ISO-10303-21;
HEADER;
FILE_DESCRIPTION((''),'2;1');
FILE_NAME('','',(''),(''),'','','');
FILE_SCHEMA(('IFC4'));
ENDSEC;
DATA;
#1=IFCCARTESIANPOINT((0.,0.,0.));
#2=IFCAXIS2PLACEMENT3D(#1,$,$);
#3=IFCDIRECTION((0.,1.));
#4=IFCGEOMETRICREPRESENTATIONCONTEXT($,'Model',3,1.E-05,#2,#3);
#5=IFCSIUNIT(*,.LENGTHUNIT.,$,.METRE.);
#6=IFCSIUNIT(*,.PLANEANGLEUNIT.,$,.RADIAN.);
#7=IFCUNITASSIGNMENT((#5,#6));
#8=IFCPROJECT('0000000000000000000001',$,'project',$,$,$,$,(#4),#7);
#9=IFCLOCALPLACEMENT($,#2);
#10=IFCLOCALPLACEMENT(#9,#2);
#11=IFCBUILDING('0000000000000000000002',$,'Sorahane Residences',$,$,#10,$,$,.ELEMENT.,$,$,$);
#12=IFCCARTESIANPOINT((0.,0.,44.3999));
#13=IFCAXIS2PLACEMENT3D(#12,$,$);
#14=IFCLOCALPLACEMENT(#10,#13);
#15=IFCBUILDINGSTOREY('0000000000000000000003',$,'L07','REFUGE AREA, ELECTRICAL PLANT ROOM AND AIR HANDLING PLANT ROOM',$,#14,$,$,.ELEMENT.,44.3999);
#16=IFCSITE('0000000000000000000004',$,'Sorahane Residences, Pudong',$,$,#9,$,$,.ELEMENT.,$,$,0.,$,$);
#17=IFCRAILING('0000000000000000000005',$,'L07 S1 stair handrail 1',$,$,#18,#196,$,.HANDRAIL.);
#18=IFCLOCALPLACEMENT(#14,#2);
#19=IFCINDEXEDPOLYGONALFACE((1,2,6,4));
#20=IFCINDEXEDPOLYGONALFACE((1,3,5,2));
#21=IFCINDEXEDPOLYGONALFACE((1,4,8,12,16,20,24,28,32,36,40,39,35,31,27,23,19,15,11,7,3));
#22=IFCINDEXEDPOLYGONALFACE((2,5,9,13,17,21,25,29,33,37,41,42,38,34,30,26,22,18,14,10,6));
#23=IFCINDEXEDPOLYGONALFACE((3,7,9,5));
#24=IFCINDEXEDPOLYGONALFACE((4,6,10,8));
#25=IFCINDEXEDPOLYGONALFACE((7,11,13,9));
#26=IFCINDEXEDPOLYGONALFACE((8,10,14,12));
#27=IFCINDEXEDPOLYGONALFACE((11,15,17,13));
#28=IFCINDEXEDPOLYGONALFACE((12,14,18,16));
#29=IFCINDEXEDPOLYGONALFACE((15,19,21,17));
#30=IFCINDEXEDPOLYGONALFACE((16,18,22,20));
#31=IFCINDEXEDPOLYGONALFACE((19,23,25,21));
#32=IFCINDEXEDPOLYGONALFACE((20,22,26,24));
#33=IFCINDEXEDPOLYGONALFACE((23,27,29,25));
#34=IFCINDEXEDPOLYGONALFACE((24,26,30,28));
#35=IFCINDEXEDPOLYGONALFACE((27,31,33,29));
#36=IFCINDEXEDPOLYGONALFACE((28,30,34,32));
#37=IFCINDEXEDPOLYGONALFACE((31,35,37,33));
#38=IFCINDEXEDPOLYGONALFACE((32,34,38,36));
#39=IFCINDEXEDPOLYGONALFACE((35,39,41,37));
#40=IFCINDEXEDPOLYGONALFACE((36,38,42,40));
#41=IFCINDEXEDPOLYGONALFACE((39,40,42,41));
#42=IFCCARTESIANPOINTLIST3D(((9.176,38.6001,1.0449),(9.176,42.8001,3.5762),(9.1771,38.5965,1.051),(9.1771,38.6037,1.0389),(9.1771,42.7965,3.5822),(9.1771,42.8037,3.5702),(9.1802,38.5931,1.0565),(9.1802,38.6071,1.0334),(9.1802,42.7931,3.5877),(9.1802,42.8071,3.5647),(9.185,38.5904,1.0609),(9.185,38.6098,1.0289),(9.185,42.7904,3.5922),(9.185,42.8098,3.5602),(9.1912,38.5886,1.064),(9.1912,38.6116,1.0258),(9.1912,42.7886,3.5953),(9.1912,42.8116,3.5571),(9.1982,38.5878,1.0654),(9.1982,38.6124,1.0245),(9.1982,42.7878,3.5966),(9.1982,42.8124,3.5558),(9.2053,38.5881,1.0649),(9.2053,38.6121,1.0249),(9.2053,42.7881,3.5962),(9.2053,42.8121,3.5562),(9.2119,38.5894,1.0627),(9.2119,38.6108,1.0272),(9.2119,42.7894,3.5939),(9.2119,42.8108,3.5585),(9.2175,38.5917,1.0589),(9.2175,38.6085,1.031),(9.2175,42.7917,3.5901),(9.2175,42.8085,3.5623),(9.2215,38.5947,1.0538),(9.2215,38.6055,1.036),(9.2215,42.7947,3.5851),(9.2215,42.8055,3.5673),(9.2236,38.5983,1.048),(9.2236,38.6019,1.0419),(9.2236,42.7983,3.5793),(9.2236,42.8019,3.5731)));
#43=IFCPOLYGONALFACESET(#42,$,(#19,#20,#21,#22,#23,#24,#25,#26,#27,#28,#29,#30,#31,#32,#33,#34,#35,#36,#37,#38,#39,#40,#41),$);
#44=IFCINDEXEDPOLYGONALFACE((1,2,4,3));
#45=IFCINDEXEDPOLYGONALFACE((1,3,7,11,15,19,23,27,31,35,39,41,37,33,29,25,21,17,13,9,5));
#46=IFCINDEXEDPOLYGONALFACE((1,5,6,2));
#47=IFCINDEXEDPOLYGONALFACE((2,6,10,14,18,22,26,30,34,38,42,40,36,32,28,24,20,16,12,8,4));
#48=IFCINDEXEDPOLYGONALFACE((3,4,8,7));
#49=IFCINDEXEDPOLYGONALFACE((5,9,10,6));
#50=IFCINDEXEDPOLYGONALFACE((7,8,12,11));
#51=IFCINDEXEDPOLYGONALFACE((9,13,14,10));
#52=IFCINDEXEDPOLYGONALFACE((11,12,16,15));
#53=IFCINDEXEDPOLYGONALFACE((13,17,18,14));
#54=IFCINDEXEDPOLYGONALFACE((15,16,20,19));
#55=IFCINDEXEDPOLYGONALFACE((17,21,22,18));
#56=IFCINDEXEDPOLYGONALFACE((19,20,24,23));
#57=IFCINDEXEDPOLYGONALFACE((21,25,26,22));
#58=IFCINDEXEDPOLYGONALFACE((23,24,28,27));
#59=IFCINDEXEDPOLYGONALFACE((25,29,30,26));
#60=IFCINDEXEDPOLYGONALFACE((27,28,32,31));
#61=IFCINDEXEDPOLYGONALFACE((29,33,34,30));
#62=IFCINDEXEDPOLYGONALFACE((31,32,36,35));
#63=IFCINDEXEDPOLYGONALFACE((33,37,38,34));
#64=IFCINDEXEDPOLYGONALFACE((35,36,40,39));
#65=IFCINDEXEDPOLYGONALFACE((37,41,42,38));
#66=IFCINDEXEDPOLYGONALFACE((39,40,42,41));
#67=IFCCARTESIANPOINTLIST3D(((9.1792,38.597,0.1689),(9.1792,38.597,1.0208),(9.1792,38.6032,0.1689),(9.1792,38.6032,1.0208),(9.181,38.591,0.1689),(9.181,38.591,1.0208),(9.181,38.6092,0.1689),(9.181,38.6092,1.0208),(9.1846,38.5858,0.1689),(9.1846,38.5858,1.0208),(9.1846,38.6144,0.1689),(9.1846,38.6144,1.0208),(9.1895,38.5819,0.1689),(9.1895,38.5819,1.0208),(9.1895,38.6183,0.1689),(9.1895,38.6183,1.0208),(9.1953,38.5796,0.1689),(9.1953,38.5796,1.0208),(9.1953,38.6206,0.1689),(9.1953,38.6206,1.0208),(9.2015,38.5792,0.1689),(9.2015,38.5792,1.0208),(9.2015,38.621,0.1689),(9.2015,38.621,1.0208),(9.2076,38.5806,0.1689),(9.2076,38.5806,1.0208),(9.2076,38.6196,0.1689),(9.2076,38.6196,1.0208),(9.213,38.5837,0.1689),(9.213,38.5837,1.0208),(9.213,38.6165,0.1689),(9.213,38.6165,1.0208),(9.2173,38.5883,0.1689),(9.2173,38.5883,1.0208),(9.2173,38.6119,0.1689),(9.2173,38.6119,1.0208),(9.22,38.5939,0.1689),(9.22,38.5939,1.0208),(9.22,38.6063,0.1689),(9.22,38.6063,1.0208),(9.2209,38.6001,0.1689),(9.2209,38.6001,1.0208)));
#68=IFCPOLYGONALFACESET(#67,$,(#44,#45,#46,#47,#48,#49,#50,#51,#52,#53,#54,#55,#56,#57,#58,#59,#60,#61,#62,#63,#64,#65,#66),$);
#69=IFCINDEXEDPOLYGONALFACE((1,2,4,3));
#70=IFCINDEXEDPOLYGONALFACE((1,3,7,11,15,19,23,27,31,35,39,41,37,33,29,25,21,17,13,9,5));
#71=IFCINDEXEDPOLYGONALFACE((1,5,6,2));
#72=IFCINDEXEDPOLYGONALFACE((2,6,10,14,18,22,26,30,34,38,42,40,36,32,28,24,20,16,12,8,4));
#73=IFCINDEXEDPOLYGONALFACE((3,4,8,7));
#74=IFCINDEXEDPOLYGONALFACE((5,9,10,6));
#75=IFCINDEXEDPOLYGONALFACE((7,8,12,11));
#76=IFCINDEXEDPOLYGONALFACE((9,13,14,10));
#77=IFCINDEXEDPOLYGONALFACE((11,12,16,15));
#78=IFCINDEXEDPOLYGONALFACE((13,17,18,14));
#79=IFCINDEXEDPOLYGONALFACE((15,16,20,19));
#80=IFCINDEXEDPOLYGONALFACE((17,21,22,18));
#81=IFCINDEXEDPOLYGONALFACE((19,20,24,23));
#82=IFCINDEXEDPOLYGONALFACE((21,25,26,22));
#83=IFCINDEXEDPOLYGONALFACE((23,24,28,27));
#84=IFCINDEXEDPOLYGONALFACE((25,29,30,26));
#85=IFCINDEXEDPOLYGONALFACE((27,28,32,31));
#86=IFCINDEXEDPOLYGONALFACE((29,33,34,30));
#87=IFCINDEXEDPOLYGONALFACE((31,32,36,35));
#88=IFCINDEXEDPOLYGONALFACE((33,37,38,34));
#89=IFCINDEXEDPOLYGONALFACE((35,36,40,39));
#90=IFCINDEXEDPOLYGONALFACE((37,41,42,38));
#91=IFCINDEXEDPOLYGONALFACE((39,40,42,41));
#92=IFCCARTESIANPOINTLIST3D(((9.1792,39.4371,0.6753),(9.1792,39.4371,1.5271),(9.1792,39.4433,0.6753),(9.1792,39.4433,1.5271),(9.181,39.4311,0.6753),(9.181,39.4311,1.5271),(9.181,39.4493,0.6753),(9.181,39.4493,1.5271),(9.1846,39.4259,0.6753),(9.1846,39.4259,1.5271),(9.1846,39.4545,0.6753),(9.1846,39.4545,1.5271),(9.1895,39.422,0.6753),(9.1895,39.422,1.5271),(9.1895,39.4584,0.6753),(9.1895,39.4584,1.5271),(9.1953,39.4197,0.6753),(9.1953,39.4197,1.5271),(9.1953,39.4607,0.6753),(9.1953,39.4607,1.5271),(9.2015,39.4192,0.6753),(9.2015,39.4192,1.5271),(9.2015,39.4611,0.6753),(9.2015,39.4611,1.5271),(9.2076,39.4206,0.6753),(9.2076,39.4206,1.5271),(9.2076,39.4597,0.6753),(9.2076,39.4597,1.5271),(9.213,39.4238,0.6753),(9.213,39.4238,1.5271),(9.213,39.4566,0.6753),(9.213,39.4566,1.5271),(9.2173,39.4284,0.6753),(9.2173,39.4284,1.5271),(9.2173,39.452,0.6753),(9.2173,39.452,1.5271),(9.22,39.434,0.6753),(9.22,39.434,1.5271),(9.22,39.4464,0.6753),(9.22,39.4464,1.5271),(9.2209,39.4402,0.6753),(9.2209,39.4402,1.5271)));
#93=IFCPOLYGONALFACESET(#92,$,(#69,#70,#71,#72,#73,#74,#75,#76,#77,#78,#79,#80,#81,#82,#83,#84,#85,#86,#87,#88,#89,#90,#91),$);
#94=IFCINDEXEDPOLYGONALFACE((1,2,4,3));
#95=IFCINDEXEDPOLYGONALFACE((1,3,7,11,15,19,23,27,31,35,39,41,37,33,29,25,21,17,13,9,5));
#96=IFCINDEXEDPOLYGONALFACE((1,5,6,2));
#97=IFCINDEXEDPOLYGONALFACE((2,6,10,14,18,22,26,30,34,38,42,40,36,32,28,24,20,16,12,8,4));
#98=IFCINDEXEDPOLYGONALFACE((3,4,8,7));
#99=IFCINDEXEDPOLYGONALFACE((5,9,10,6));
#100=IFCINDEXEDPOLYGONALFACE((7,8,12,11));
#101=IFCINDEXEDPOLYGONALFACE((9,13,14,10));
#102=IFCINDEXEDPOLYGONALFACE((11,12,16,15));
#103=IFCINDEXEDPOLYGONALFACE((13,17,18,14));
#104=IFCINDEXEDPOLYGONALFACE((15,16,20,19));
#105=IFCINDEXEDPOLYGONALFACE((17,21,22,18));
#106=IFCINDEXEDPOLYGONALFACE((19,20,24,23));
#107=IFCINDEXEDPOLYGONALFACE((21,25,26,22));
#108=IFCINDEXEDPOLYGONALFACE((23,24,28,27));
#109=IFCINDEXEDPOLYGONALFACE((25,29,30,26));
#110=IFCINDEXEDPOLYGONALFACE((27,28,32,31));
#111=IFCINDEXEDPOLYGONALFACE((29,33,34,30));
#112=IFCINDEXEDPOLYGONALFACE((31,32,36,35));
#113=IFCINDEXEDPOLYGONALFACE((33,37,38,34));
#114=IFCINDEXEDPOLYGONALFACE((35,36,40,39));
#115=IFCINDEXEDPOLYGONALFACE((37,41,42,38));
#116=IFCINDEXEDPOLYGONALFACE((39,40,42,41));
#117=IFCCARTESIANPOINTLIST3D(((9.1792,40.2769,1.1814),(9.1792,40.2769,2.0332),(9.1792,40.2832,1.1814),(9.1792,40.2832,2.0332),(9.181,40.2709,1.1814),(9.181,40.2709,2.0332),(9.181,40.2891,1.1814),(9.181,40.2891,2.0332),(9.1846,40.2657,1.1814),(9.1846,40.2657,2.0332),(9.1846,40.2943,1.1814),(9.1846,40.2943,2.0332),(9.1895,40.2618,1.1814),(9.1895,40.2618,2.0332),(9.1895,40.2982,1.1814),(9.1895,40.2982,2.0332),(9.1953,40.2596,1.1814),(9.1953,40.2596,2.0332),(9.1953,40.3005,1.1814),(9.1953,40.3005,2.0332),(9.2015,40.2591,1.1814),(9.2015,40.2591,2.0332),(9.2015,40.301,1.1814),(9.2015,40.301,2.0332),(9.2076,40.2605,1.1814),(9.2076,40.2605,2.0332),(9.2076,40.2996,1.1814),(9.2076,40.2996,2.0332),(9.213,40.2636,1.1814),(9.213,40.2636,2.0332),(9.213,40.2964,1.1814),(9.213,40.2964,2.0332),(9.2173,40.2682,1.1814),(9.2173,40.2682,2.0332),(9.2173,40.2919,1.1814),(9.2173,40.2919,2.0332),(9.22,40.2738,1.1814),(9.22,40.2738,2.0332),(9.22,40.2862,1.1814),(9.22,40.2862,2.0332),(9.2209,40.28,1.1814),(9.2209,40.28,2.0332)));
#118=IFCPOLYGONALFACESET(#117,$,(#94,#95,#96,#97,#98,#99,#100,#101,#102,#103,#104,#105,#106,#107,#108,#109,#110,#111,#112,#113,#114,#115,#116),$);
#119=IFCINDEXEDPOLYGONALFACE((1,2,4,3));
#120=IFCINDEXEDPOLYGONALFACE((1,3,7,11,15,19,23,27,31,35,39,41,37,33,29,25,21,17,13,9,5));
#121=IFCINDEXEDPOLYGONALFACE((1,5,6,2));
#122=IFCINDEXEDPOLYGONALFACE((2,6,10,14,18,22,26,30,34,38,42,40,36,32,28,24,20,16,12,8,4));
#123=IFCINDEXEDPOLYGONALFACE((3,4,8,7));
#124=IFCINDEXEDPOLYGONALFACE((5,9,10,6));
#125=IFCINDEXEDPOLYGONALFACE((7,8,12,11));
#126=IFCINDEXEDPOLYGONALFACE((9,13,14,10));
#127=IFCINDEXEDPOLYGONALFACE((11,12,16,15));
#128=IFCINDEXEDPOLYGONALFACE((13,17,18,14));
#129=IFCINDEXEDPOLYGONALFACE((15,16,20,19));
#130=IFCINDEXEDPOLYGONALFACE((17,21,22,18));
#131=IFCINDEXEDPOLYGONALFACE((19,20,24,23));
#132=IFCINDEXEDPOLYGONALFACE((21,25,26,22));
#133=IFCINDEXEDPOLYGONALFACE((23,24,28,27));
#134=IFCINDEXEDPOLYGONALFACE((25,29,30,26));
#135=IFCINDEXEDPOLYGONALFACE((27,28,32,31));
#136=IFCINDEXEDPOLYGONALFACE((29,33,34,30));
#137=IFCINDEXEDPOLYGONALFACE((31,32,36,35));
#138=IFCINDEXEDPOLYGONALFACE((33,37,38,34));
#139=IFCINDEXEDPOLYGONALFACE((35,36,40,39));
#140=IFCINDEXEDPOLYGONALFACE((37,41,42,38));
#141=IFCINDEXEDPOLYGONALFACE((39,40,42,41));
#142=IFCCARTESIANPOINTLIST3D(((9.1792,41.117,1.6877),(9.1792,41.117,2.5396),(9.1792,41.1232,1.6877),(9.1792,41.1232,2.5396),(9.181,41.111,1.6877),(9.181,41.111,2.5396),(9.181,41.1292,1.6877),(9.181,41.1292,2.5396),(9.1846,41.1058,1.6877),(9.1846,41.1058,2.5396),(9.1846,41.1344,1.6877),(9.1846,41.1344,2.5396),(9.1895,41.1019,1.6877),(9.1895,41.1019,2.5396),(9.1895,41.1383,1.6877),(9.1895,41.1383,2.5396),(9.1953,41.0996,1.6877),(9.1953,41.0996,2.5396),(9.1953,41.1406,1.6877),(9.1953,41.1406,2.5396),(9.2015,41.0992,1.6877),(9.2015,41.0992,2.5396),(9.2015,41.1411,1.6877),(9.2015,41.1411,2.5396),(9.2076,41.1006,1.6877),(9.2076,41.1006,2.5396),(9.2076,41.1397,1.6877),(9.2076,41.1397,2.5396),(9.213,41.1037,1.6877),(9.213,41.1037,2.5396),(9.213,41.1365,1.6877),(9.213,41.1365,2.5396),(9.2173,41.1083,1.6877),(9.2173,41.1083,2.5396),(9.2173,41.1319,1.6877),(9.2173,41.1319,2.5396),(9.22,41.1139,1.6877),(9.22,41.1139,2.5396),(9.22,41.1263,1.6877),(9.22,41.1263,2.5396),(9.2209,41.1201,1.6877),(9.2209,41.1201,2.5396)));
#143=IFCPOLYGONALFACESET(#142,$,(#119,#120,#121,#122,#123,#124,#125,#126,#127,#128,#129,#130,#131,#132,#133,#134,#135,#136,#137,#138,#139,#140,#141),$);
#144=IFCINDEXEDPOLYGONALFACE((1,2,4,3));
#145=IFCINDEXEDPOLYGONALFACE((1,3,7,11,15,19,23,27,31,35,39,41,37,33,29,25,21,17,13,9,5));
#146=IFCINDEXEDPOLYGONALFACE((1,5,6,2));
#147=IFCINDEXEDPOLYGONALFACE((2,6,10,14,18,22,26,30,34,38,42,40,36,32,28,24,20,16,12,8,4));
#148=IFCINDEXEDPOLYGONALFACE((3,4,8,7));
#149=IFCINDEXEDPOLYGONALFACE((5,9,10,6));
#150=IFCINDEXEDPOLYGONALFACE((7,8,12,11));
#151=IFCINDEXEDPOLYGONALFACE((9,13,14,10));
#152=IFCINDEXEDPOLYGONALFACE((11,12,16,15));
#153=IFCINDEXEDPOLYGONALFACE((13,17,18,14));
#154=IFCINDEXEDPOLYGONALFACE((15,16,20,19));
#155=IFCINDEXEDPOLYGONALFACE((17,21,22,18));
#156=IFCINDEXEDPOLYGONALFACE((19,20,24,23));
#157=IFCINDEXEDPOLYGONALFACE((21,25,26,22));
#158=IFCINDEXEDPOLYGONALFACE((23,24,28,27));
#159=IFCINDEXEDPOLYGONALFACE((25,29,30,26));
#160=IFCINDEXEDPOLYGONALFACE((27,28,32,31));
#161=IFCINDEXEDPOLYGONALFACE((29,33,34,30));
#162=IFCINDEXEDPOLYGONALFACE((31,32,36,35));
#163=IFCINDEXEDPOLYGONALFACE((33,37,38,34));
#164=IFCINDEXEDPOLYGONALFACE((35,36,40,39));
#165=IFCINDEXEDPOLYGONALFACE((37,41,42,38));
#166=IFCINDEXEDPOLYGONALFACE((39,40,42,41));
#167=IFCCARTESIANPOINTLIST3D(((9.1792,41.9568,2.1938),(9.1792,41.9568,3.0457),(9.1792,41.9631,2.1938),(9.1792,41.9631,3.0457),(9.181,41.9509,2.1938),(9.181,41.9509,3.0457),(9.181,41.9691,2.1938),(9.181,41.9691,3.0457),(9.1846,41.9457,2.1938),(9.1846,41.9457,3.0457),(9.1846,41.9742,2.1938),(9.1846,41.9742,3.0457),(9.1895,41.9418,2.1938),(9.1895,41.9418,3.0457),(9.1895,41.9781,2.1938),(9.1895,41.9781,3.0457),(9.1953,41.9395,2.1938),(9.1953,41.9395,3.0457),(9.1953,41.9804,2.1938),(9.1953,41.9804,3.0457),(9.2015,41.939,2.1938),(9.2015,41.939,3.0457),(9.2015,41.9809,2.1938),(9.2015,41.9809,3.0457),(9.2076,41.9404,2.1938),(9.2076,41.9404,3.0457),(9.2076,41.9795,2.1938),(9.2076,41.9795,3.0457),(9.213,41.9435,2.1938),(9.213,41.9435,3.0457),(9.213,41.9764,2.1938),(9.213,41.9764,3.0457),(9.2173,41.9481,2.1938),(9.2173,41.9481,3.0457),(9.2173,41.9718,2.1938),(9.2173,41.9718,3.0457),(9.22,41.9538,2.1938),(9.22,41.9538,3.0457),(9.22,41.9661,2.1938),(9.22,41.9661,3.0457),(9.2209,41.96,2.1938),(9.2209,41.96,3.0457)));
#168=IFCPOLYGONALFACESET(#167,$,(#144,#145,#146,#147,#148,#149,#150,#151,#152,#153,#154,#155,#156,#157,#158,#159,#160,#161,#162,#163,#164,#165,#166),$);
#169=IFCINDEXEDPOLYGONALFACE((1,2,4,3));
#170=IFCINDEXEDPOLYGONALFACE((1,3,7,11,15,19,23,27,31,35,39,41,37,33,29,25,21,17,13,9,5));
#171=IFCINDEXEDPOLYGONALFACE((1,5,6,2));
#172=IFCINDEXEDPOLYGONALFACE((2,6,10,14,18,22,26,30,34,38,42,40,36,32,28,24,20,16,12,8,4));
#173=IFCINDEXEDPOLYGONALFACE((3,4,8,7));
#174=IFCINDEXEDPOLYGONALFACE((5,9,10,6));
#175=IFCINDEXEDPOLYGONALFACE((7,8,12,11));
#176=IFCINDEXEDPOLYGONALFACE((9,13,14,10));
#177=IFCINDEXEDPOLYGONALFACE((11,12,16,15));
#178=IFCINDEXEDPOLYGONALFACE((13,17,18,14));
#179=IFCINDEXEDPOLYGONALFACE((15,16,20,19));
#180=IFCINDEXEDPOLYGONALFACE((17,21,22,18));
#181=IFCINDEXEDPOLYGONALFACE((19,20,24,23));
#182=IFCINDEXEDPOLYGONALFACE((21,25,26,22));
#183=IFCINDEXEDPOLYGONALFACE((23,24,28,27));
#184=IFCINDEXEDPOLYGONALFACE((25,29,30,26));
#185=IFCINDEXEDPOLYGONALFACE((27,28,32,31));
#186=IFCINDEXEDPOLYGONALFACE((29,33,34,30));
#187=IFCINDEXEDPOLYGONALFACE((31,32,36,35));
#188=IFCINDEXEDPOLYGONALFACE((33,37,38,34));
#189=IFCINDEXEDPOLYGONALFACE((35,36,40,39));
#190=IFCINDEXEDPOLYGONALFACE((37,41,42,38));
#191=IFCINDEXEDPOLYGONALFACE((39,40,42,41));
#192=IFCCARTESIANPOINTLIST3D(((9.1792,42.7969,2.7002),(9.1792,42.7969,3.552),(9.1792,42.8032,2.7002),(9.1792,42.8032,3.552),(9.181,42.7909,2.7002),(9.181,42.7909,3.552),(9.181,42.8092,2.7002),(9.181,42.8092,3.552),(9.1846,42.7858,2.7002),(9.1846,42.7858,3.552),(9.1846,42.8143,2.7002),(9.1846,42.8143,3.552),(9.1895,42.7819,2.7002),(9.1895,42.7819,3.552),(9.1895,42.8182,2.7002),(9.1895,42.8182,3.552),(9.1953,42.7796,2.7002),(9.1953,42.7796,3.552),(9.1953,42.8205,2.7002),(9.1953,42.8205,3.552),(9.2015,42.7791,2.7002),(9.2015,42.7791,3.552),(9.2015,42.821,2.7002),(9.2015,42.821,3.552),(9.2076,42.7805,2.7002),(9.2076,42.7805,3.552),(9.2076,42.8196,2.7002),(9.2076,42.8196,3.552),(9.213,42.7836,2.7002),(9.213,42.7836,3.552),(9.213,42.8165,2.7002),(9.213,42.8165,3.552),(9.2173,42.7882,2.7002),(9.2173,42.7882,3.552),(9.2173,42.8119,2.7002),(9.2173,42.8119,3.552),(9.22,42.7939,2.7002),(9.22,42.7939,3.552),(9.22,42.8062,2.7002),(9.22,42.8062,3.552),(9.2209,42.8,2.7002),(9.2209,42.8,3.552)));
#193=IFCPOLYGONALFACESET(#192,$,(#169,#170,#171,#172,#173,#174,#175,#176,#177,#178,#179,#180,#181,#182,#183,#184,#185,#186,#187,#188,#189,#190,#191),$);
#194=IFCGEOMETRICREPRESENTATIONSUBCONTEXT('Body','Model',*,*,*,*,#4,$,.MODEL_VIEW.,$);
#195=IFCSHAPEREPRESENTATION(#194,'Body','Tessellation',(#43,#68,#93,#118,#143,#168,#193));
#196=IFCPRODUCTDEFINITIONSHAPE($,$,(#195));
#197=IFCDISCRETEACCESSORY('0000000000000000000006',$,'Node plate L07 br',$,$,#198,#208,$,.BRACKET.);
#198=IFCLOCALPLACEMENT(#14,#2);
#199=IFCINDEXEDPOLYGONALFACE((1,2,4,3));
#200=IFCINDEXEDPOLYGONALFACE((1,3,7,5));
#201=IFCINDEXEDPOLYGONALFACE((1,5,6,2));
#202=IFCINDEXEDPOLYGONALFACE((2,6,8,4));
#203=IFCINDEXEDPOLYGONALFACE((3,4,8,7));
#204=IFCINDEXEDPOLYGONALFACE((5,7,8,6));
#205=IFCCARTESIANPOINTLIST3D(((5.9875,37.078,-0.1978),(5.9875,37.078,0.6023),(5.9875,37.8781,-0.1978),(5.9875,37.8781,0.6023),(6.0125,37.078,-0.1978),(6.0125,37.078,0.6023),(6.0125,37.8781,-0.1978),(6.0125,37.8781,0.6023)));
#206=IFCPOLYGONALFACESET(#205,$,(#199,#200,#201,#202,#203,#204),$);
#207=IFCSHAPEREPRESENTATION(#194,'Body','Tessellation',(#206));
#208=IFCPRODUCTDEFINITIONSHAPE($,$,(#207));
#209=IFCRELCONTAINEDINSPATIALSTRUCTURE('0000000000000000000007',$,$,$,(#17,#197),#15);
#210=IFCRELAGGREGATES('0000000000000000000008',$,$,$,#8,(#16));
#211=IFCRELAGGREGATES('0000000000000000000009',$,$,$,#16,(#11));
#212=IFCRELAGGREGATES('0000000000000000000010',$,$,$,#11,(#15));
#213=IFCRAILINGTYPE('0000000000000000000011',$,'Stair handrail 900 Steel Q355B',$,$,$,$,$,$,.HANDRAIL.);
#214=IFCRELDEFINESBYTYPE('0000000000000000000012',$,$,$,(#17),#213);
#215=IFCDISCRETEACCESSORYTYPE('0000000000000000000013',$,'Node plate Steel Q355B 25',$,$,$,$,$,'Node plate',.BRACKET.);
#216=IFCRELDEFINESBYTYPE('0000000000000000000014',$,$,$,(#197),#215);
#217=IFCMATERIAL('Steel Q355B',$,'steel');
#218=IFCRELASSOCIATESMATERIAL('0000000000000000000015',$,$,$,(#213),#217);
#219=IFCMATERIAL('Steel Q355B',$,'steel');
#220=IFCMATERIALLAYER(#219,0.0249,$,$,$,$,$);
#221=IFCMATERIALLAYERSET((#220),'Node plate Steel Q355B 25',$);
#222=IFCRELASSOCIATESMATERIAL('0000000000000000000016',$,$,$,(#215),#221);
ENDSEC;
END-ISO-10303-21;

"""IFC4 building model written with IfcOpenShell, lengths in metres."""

from ifc_helpers import new_model, si_unit, direction, frame, origin, origin_2d, place, context, subcontext, project, spatial, rectangle, circle, extrude, material, layer, layer_set, type_object, element, save


model = new_model("IFC4")

# Units and contexts
model_context = context("Model", 3, precision=1e-05, world=origin(), true_north=direction((0.0, 1.0)))
body_context = subcontext(model_context, "Body", "Model", "MODEL_VIEW")
ifc_project = project(units=[si_unit("LENGTHUNIT", "METRE"), si_unit("PLANEANGLEUNIT", "RADIAN")], contexts=[model_context])

# Site, building, storey
site_placement = place(None, origin())
site = spatial("IfcSite", under=ifc_project, at=site_placement, Name="Sorahane Residences, Pudong", CompositionType="ELEMENT", RefElevation=0.0)
building_placement = place(site_placement, origin())
building = spatial("IfcBuilding", under=site, at=building_placement, Name="Sorahane Residences", CompositionType="ELEMENT")
storey_placement = place(building_placement, frame((0.0, 0.0, 44.3999)))
storey = spatial("IfcBuildingStorey", under=building, at=storey_placement, Name="L07", Description="REFUGE AREA, ELECTRICAL PLANT ROOM AND AIR HANDLING PLANT ROOM", CompositionType="ELEMENT", Elevation=44.3999)

# Railing
ifc_material_1 = material(Name="Steel Q355B", Category="steel")
railing_type_1 = type_object("IfcRailingType", Name="Stair handrail 900 Steel Q355B", PredefinedType="HANDRAIL", material=ifc_material_1)
railing_1_placement = place(storey_placement, frame((9.2, 38.6001, 0.1689)))
element("IfcRailing", 1, at=railing_1_placement, inside=storey, type_object=railing_type_1, Name="L07 S1 stair handrail 1", PredefinedType="HANDRAIL", context=body_context, shape_type="SweptSolid", body=[
    extrude(circle(Radius=0.0239, at=origin_2d()), frame((0.0, 0.0, 0.876), z_axis=(0.0, 0.856476, 0.516186), x_axis=(-1.0, 0.0, 0.0)), (0.0, 0.0, 1.0), 4.9038),
    extrude(circle(Radius=0.021, at=origin_2d()), origin(), (0.0, 0.0, 1.0), 0.8518),
    extrude(circle(Radius=0.021, at=origin_2d()), frame((0.0, 0.8401, 0.5063)), (0.0, 0.0, 1.0), 0.8518),
    extrude(circle(Radius=0.021, at=origin_2d()), frame((0.0, 1.6799, 1.0125)), (0.0, 0.0, 1.0), 0.8518),
    extrude(circle(Radius=0.021, at=origin_2d()), frame((0.0, 2.52, 1.5188)), (0.0, 0.0, 1.0), 0.8518),
    extrude(circle(Radius=0.021, at=origin_2d()), frame((0.0, 3.3599, 2.0249)), (0.0, 0.0, 1.0), 0.8518),
    extrude(circle(Radius=0.021, at=origin_2d()), frame((0.0, 4.2, 2.5312)), (0.0, 0.0, 1.0), 0.8518),
])

# Discrete accessory
ifc_material_2 = material(Name="Steel Q355B", Category="steel")
ifc_layer_1 = layer(ifc_material_2, 0.0249)
ifc_layer_set_1 = layer_set([ifc_layer_1], Name="Node plate Steel Q355B 25")
discrete_accessory_type = type_object("IfcDiscreteAccessoryType", Name="Node plate Steel Q355B 25", ElementType="Node plate", PredefinedType="BRACKET", material=ifc_layer_set_1)
for number, where, z_axis, x_axis, name in (
    (2, (6.0, 37.478, -0.1978), (0.0, 0.0, 1.0), (0.0, 1.0, 0.0), "Node plate L07 br"),
):
    element("IfcDiscreteAccessory", number, at=place(storey_placement, frame(where, z_axis=z_axis, x_axis=x_axis)), inside=storey, type_object=discrete_accessory_type, Name=name, PredefinedType="BRACKET", context=body_context, shape_type="SweptSolid", body=[
        extrude(rectangle(XDim=0.8, YDim=0.0249, at=origin_2d()), origin(), (0.0, 0.0, 1.0), 0.8),
    ])

save(model, "model.ifc")
